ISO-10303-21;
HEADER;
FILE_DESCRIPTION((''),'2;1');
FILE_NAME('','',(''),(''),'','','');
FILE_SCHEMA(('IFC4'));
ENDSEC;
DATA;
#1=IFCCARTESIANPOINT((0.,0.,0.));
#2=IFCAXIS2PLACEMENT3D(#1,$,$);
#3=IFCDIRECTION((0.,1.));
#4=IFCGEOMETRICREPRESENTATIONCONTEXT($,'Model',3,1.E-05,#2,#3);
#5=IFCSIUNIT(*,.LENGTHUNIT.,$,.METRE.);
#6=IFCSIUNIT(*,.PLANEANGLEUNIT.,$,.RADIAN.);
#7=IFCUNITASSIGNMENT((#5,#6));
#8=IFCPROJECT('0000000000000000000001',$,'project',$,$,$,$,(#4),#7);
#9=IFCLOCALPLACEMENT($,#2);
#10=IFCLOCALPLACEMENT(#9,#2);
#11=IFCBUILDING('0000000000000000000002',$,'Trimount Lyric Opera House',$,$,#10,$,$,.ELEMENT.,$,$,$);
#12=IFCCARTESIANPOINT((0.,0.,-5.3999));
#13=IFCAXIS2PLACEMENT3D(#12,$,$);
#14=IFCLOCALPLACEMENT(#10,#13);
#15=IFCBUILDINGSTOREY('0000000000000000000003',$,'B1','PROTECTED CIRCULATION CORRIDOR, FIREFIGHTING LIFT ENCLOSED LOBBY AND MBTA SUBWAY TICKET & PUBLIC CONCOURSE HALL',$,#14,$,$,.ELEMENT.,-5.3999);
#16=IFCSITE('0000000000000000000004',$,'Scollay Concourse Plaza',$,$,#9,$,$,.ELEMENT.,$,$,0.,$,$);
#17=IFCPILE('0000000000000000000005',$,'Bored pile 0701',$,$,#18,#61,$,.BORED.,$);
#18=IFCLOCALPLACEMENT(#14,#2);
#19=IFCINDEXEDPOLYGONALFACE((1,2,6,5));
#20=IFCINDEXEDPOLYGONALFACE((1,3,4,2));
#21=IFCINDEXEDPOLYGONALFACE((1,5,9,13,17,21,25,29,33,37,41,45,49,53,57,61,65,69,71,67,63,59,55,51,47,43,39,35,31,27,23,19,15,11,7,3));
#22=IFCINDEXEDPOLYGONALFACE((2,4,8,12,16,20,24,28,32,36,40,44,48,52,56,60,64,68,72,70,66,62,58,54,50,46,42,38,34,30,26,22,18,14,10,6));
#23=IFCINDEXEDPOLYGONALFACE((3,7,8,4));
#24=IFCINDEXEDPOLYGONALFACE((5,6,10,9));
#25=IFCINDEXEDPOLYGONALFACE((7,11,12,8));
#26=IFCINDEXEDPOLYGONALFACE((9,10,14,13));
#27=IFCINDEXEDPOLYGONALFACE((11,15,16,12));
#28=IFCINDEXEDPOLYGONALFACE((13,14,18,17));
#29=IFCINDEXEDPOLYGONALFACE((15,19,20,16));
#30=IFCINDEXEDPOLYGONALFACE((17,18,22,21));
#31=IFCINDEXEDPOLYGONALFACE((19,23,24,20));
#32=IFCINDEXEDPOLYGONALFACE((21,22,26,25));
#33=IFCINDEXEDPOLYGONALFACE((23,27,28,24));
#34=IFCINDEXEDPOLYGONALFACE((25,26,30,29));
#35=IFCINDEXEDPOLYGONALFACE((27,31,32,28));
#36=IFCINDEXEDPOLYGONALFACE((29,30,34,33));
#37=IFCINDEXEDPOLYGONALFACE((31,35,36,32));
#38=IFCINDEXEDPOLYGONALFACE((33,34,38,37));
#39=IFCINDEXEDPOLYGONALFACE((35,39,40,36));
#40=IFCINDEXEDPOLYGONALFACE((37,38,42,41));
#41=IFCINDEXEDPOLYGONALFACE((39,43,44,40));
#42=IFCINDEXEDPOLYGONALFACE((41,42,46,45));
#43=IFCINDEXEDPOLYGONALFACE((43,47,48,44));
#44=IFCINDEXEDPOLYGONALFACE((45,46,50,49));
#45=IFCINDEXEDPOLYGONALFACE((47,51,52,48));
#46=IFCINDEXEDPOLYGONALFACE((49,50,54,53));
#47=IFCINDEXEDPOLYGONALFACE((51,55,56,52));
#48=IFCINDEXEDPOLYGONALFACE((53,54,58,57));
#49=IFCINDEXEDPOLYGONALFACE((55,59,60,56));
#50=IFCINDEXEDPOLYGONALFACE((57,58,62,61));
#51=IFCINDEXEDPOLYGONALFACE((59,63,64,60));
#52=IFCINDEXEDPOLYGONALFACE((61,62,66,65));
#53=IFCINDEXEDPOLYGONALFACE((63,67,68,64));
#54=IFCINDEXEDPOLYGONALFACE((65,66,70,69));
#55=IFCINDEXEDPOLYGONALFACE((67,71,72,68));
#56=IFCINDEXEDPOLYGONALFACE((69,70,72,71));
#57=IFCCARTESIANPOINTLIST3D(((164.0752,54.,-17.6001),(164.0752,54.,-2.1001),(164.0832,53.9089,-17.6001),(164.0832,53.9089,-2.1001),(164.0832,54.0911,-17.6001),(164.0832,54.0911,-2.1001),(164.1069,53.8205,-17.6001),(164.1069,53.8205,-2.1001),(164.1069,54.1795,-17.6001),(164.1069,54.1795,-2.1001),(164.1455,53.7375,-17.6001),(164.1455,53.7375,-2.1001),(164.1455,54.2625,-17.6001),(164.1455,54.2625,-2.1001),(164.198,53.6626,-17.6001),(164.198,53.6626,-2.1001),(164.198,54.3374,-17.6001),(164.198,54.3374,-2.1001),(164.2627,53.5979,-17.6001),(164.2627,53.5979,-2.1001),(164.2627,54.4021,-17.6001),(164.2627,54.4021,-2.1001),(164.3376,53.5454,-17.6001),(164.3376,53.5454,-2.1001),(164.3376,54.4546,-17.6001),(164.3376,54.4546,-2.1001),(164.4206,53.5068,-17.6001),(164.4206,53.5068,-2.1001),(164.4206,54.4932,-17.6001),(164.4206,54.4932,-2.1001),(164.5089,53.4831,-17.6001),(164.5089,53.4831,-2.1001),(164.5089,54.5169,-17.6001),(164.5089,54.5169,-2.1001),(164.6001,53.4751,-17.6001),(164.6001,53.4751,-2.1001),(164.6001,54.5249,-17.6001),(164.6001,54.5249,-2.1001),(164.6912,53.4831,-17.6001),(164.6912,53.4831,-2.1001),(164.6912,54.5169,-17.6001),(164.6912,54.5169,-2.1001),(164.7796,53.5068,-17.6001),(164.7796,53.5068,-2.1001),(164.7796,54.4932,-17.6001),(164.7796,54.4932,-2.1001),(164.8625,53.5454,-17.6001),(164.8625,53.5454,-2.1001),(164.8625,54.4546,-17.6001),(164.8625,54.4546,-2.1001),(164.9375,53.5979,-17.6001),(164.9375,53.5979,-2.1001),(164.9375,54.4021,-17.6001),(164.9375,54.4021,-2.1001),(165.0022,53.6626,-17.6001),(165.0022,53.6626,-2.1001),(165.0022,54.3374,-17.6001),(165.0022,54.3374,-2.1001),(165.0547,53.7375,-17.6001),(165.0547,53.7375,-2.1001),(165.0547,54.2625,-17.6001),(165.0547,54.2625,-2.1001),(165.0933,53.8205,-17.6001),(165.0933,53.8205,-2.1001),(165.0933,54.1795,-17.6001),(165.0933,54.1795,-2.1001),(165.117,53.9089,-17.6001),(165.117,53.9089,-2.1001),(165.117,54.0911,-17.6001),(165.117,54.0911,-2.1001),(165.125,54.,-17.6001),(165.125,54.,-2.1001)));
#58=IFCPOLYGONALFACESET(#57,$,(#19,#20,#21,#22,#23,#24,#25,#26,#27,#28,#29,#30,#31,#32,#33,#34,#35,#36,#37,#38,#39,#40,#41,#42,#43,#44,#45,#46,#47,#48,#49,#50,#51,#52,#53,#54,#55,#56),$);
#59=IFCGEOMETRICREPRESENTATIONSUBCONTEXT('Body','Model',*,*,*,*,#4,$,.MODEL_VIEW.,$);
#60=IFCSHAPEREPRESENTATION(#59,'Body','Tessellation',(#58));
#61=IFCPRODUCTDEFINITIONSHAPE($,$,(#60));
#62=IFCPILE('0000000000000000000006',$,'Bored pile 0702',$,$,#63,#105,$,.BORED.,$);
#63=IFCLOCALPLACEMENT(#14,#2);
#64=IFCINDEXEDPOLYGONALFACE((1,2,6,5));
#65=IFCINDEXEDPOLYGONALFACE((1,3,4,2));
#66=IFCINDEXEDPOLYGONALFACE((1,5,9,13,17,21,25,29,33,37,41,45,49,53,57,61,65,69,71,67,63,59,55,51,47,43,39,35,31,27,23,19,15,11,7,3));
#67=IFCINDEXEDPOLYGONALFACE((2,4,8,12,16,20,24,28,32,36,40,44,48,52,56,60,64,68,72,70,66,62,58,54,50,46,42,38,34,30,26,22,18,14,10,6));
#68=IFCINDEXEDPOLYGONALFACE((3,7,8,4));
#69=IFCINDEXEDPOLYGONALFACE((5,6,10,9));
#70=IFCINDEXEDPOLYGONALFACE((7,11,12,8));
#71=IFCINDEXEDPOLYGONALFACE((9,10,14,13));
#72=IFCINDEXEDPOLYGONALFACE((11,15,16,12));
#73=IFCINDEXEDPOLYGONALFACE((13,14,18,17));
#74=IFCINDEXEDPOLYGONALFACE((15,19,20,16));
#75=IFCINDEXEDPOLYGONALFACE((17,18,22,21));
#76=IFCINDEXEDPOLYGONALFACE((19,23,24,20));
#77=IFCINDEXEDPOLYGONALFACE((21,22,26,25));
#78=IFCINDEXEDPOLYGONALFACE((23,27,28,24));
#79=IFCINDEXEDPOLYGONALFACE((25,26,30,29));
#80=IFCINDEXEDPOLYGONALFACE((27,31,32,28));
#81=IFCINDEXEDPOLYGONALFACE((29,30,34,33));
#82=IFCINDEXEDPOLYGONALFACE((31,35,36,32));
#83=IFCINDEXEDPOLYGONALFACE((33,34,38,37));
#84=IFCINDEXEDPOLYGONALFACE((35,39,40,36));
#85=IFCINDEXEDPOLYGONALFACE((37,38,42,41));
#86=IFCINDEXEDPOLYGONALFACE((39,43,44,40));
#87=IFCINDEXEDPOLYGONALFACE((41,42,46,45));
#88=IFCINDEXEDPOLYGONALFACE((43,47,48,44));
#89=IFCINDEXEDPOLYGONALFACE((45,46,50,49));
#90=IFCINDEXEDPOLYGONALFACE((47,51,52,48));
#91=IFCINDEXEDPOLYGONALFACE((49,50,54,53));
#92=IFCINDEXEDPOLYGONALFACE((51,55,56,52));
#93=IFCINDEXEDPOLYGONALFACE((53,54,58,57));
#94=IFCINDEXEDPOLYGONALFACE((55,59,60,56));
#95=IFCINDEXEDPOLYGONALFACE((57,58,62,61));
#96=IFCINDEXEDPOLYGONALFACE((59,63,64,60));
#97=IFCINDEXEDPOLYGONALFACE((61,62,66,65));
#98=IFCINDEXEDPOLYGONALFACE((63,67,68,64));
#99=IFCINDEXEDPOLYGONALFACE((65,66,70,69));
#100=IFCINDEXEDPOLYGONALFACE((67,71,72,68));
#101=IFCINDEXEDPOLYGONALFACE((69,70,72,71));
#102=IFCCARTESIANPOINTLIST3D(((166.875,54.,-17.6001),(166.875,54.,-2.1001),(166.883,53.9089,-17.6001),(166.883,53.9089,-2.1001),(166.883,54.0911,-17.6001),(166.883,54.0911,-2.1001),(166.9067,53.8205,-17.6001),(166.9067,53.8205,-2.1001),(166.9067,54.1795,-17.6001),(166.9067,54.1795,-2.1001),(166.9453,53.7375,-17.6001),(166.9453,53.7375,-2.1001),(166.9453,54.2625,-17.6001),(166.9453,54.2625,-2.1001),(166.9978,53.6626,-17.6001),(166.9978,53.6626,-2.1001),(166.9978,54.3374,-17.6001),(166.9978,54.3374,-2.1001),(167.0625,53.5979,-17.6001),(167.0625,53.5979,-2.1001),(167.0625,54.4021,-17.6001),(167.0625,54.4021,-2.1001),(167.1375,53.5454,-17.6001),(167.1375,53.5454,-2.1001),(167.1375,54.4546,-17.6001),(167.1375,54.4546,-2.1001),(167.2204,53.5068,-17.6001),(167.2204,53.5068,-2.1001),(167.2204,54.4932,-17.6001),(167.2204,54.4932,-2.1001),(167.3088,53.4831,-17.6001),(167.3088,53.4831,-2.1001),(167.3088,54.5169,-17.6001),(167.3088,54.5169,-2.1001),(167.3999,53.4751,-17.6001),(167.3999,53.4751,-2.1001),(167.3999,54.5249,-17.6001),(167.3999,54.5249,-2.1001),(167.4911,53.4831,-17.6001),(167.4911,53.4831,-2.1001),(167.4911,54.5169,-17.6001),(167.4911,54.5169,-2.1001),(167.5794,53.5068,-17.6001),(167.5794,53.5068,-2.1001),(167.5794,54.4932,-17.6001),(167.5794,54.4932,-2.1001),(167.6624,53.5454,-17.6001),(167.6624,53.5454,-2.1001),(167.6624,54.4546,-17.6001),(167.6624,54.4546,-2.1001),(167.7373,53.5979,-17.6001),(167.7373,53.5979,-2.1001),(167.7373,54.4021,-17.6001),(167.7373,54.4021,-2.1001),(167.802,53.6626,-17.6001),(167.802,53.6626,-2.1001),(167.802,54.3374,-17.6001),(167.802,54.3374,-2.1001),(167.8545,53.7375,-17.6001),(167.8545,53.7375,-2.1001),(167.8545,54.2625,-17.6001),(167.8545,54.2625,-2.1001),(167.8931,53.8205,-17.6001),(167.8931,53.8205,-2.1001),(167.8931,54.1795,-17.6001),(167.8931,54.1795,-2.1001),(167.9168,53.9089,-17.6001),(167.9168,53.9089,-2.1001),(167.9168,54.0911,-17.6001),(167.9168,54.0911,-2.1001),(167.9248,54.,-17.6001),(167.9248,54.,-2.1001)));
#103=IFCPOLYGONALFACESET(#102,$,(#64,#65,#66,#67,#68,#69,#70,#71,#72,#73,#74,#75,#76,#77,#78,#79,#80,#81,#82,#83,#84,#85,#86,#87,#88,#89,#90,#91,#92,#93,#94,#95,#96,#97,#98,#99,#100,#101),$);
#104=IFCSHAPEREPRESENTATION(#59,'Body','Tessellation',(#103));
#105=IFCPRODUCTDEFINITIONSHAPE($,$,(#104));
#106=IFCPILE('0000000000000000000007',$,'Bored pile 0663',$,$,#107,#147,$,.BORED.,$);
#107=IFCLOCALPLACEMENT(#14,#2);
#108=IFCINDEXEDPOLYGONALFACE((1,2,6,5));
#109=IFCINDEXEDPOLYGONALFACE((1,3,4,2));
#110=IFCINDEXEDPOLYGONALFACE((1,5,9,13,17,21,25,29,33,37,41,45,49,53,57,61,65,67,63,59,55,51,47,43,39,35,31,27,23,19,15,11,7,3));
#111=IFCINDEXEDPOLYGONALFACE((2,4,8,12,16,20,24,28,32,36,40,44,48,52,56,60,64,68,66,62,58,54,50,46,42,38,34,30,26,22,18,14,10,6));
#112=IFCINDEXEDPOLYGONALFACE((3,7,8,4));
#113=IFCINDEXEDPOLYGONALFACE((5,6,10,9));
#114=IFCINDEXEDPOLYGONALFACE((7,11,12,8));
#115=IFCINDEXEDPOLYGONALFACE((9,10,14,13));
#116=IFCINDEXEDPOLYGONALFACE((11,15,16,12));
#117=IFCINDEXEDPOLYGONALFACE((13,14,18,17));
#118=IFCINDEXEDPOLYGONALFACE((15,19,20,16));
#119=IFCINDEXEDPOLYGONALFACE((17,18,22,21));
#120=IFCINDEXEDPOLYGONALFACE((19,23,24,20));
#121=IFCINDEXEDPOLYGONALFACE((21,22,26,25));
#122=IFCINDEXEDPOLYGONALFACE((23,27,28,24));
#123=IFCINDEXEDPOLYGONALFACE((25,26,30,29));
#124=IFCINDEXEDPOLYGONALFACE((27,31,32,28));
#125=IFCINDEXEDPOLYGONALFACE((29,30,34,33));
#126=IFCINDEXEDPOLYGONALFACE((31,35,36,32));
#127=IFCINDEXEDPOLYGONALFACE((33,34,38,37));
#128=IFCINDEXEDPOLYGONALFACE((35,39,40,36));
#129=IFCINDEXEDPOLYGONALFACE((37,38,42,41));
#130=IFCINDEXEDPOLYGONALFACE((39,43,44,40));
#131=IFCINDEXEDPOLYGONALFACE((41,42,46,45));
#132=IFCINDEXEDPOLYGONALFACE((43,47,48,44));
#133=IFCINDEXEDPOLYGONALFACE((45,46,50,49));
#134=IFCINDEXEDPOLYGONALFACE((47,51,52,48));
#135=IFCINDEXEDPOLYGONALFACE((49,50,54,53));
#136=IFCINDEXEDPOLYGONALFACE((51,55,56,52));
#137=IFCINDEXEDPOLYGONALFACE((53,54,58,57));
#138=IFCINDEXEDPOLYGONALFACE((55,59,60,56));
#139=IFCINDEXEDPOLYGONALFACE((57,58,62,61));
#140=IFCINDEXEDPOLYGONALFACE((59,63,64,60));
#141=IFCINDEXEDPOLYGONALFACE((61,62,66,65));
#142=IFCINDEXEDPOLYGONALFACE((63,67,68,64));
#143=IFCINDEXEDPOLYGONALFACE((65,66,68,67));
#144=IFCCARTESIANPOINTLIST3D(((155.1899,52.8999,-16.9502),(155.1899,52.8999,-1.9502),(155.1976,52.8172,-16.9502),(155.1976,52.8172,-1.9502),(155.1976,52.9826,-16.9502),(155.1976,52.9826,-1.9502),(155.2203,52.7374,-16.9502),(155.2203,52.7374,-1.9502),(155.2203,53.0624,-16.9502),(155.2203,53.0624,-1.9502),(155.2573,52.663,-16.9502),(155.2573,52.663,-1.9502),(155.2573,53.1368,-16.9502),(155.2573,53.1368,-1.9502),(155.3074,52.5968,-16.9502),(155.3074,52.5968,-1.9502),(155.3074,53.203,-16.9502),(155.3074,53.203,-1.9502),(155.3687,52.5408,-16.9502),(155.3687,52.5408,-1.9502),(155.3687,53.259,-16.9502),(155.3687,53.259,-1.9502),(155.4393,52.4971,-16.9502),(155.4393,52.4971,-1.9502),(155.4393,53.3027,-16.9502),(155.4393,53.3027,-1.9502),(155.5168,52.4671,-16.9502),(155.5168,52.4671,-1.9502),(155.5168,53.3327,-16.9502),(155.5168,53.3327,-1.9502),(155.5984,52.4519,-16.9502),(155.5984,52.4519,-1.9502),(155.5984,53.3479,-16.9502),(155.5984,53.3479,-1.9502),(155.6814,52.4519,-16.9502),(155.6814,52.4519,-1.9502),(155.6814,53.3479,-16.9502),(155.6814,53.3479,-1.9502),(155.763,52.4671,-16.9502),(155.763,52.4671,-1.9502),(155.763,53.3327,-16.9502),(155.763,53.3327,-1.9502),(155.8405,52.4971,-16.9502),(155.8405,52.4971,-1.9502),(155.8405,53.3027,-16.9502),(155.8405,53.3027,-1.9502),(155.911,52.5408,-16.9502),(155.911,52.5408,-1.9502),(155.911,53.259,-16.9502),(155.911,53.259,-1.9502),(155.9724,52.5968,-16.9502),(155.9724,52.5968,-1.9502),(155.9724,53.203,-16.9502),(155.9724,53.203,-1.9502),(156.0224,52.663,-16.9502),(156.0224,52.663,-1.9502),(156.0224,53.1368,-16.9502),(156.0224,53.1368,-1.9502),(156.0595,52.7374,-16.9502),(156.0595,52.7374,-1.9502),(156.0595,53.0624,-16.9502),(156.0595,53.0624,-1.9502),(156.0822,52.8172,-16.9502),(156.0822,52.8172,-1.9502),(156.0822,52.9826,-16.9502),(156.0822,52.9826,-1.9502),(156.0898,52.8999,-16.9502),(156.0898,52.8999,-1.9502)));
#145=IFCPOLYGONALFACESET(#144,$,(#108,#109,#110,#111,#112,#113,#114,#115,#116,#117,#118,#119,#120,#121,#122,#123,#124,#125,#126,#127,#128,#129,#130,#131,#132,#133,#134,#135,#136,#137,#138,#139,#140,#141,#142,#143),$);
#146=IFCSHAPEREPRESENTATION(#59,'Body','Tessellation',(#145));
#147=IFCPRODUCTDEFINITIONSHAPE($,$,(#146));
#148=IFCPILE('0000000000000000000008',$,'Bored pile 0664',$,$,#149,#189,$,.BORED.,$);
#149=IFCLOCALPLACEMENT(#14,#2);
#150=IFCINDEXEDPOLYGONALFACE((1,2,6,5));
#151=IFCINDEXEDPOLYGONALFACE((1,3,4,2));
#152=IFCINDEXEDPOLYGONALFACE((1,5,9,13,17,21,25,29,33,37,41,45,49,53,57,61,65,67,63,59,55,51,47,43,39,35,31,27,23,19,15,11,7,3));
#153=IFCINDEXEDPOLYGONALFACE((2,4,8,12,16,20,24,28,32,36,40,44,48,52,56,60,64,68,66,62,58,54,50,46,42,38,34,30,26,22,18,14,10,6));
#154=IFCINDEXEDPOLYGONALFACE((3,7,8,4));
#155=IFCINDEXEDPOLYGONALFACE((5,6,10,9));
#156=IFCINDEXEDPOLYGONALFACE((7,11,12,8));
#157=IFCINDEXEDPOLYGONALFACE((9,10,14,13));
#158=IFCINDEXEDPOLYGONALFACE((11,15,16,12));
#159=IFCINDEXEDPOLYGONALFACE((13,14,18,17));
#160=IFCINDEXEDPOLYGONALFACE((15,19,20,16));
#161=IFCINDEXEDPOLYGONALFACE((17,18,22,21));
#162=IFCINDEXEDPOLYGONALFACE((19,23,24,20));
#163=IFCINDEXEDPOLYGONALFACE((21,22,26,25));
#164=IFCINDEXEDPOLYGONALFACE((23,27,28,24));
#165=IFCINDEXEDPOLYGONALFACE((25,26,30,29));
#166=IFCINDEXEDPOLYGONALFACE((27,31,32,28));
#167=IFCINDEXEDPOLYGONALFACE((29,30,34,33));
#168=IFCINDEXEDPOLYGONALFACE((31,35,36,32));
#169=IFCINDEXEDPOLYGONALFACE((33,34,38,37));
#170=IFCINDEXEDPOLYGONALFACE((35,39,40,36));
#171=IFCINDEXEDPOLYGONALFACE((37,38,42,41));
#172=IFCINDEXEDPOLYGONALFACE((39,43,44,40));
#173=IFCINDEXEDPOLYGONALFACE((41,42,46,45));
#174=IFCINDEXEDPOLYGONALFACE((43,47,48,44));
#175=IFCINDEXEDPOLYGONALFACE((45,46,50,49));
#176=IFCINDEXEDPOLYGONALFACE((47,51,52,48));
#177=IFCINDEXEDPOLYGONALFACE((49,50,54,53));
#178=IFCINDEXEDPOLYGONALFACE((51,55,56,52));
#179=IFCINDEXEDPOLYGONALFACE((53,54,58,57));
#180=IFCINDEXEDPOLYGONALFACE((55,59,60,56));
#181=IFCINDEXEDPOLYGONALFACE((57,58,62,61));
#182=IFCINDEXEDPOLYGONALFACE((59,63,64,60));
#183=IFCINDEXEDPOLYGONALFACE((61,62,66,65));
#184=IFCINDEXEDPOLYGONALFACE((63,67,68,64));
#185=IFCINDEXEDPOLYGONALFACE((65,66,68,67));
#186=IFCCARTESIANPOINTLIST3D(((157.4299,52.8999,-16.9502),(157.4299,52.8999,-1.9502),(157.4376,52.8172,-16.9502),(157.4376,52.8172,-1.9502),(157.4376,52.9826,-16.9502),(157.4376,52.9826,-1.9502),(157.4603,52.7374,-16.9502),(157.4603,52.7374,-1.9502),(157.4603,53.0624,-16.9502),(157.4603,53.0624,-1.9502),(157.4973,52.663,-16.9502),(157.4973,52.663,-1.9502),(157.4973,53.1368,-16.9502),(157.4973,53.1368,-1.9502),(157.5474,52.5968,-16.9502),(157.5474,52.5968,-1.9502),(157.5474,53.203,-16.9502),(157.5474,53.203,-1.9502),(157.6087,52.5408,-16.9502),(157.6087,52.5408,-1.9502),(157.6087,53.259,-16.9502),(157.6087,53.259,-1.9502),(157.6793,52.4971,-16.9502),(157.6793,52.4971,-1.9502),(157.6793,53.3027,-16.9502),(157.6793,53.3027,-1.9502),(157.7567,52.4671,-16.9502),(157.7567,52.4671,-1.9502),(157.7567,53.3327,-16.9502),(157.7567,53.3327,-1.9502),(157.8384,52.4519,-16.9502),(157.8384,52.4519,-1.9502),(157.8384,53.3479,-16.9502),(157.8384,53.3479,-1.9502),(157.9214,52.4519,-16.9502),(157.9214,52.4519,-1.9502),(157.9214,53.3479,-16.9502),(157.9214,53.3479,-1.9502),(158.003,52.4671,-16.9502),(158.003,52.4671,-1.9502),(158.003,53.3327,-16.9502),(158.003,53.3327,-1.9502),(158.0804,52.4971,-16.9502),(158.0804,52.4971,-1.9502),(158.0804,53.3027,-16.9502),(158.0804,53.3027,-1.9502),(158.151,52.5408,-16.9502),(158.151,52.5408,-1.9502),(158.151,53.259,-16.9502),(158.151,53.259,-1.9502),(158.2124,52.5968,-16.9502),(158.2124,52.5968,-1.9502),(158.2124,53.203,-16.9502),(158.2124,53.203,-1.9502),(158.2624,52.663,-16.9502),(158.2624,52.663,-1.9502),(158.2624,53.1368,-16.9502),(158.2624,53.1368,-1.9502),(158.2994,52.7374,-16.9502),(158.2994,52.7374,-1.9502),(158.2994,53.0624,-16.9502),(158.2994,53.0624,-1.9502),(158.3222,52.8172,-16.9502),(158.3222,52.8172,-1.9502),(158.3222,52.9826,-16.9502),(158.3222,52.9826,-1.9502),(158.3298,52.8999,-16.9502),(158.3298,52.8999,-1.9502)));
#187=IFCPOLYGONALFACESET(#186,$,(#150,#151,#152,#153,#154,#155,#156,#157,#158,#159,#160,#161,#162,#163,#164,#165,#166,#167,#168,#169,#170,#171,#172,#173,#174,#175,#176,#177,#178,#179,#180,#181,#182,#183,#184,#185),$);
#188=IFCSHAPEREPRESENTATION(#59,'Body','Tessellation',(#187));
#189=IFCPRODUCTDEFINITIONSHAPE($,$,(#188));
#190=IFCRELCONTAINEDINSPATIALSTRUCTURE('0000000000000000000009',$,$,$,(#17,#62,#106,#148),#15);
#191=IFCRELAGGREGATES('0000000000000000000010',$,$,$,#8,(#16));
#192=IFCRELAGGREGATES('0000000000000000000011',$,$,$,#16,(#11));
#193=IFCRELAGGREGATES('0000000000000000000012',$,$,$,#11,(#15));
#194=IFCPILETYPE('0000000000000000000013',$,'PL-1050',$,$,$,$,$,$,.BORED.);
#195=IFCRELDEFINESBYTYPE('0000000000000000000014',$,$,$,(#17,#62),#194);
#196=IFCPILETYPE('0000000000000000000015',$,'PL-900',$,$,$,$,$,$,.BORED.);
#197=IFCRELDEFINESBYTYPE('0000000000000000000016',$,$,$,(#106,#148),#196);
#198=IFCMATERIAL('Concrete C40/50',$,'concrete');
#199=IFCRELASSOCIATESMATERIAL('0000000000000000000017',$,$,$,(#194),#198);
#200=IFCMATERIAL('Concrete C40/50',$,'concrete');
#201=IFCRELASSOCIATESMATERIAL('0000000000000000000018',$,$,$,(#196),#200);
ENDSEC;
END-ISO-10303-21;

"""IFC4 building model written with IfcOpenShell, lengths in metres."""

from ifc_helpers import new_model, si_unit, direction, frame, origin, origin_2d, place, context, subcontext, project, spatial, circle, extrude, material, material_profile, profile_set, type_object, element, save


model = new_model("IFC4")

# Units and contexts
model_context = context("Model", 3, precision=1e-05, world=origin(), true_north=direction((0.0, 1.0)))
body_context = subcontext(model_context, "Body", "Model", "MODEL_VIEW")
ifc_project = project(units=[si_unit("LENGTHUNIT", "METRE"), si_unit("PLANEANGLEUNIT", "RADIAN")], contexts=[model_context])

# Site, building, storey
site_placement = place(None, origin())
site = spatial("IfcSite", under=ifc_project, at=site_placement, Name="Scollay Concourse Plaza", CompositionType="ELEMENT", RefElevation=0.0)
building_placement = place(site_placement, origin())
building = spatial("IfcBuilding", under=site, at=building_placement, Name="Trimount Lyric Opera House", CompositionType="ELEMENT")
storey_placement = place(building_placement, frame((0.0, 0.0, -5.3999)))
storey = spatial("IfcBuildingStorey", under=building, at=storey_placement, Name="B1", Description="PROTECTED CIRCULATION CORRIDOR, FIREFIGHTING LIFT ENCLOSED LOBBY AND MBTA SUBWAY TICKET & PUBLIC CONCOURSE HALL", CompositionType="ELEMENT", Elevation=-5.3999)

# Piles
ifc_material_1 = material(Name="Concrete C40/50", Category="concrete")
ifc_material_profile_1 = material_profile(ifc_material_1, circle(Radius=0.5249, at=origin_2d()), Name="PILE-D1050")
ifc_profile_set_1 = profile_set([ifc_material_profile_1], Name="Concrete C40/50")
pile_type_1 = type_object("IfcPileType", Name="PL-1050", PredefinedType="BORED", material=ifc_profile_set_1)
for number, where, z_axis, x_axis, name in (
    (1, (164.6001, 54.0, -2.1001), (0.0, 0.0, -1.0), (1.0, 0.0, 0.0), "Bored pile 0701"),
    (2, (167.3999, 54.0, -2.1001), (0.0, 0.0, -1.0), (1.0, 0.0, 0.0), "Bored pile 0702"),
):
    element("IfcPile", number, at=place(storey_placement, frame(where, z_axis=z_axis, x_axis=x_axis)), inside=storey, type_object=pile_type_1, Name=name, PredefinedType="BORED", context=body_context, shape_type="SweptSolid", body=[
        extrude(circle(Radius=0.5249, at=origin_2d()), origin(), (0.0, 0.0, 1.0), 15.5),
    ])
ifc_material_2 = material(Name="Concrete C40/50", Category="concrete")
ifc_material_profile_2 = material_profile(ifc_material_2, circle(Radius=0.45, at=origin_2d()), Name="PILE-D900")
ifc_profile_set_2 = profile_set([ifc_material_profile_2], Name="Concrete C40/50")
pile_type_2 = type_object("IfcPileType", Name="PL-900", PredefinedType="BORED", material=ifc_profile_set_2)
for number, where, z_axis, x_axis, name in (
    (3, (155.6399, 52.8999, -1.9502), (0.0, 0.0, -1.0), (1.0, 0.0, 0.0), "Bored pile 0663"),
    (4, (157.8799, 52.8999, -1.9502), (0.0, 0.0, -1.0), (1.0, 0.0, 0.0), "Bored pile 0664"),
):
    element("IfcPile", number, at=place(storey_placement, frame(where, z_axis=z_axis, x_axis=x_axis)), inside=storey, type_object=pile_type_2, Name=name, PredefinedType="BORED", context=body_context, shape_type="SweptSolid", body=[
        extrude(circle(Radius=0.45, at=origin_2d()), origin(), (0.0, 0.0, 1.0), 15.0),
    ])

save(model, "model.ifc")
